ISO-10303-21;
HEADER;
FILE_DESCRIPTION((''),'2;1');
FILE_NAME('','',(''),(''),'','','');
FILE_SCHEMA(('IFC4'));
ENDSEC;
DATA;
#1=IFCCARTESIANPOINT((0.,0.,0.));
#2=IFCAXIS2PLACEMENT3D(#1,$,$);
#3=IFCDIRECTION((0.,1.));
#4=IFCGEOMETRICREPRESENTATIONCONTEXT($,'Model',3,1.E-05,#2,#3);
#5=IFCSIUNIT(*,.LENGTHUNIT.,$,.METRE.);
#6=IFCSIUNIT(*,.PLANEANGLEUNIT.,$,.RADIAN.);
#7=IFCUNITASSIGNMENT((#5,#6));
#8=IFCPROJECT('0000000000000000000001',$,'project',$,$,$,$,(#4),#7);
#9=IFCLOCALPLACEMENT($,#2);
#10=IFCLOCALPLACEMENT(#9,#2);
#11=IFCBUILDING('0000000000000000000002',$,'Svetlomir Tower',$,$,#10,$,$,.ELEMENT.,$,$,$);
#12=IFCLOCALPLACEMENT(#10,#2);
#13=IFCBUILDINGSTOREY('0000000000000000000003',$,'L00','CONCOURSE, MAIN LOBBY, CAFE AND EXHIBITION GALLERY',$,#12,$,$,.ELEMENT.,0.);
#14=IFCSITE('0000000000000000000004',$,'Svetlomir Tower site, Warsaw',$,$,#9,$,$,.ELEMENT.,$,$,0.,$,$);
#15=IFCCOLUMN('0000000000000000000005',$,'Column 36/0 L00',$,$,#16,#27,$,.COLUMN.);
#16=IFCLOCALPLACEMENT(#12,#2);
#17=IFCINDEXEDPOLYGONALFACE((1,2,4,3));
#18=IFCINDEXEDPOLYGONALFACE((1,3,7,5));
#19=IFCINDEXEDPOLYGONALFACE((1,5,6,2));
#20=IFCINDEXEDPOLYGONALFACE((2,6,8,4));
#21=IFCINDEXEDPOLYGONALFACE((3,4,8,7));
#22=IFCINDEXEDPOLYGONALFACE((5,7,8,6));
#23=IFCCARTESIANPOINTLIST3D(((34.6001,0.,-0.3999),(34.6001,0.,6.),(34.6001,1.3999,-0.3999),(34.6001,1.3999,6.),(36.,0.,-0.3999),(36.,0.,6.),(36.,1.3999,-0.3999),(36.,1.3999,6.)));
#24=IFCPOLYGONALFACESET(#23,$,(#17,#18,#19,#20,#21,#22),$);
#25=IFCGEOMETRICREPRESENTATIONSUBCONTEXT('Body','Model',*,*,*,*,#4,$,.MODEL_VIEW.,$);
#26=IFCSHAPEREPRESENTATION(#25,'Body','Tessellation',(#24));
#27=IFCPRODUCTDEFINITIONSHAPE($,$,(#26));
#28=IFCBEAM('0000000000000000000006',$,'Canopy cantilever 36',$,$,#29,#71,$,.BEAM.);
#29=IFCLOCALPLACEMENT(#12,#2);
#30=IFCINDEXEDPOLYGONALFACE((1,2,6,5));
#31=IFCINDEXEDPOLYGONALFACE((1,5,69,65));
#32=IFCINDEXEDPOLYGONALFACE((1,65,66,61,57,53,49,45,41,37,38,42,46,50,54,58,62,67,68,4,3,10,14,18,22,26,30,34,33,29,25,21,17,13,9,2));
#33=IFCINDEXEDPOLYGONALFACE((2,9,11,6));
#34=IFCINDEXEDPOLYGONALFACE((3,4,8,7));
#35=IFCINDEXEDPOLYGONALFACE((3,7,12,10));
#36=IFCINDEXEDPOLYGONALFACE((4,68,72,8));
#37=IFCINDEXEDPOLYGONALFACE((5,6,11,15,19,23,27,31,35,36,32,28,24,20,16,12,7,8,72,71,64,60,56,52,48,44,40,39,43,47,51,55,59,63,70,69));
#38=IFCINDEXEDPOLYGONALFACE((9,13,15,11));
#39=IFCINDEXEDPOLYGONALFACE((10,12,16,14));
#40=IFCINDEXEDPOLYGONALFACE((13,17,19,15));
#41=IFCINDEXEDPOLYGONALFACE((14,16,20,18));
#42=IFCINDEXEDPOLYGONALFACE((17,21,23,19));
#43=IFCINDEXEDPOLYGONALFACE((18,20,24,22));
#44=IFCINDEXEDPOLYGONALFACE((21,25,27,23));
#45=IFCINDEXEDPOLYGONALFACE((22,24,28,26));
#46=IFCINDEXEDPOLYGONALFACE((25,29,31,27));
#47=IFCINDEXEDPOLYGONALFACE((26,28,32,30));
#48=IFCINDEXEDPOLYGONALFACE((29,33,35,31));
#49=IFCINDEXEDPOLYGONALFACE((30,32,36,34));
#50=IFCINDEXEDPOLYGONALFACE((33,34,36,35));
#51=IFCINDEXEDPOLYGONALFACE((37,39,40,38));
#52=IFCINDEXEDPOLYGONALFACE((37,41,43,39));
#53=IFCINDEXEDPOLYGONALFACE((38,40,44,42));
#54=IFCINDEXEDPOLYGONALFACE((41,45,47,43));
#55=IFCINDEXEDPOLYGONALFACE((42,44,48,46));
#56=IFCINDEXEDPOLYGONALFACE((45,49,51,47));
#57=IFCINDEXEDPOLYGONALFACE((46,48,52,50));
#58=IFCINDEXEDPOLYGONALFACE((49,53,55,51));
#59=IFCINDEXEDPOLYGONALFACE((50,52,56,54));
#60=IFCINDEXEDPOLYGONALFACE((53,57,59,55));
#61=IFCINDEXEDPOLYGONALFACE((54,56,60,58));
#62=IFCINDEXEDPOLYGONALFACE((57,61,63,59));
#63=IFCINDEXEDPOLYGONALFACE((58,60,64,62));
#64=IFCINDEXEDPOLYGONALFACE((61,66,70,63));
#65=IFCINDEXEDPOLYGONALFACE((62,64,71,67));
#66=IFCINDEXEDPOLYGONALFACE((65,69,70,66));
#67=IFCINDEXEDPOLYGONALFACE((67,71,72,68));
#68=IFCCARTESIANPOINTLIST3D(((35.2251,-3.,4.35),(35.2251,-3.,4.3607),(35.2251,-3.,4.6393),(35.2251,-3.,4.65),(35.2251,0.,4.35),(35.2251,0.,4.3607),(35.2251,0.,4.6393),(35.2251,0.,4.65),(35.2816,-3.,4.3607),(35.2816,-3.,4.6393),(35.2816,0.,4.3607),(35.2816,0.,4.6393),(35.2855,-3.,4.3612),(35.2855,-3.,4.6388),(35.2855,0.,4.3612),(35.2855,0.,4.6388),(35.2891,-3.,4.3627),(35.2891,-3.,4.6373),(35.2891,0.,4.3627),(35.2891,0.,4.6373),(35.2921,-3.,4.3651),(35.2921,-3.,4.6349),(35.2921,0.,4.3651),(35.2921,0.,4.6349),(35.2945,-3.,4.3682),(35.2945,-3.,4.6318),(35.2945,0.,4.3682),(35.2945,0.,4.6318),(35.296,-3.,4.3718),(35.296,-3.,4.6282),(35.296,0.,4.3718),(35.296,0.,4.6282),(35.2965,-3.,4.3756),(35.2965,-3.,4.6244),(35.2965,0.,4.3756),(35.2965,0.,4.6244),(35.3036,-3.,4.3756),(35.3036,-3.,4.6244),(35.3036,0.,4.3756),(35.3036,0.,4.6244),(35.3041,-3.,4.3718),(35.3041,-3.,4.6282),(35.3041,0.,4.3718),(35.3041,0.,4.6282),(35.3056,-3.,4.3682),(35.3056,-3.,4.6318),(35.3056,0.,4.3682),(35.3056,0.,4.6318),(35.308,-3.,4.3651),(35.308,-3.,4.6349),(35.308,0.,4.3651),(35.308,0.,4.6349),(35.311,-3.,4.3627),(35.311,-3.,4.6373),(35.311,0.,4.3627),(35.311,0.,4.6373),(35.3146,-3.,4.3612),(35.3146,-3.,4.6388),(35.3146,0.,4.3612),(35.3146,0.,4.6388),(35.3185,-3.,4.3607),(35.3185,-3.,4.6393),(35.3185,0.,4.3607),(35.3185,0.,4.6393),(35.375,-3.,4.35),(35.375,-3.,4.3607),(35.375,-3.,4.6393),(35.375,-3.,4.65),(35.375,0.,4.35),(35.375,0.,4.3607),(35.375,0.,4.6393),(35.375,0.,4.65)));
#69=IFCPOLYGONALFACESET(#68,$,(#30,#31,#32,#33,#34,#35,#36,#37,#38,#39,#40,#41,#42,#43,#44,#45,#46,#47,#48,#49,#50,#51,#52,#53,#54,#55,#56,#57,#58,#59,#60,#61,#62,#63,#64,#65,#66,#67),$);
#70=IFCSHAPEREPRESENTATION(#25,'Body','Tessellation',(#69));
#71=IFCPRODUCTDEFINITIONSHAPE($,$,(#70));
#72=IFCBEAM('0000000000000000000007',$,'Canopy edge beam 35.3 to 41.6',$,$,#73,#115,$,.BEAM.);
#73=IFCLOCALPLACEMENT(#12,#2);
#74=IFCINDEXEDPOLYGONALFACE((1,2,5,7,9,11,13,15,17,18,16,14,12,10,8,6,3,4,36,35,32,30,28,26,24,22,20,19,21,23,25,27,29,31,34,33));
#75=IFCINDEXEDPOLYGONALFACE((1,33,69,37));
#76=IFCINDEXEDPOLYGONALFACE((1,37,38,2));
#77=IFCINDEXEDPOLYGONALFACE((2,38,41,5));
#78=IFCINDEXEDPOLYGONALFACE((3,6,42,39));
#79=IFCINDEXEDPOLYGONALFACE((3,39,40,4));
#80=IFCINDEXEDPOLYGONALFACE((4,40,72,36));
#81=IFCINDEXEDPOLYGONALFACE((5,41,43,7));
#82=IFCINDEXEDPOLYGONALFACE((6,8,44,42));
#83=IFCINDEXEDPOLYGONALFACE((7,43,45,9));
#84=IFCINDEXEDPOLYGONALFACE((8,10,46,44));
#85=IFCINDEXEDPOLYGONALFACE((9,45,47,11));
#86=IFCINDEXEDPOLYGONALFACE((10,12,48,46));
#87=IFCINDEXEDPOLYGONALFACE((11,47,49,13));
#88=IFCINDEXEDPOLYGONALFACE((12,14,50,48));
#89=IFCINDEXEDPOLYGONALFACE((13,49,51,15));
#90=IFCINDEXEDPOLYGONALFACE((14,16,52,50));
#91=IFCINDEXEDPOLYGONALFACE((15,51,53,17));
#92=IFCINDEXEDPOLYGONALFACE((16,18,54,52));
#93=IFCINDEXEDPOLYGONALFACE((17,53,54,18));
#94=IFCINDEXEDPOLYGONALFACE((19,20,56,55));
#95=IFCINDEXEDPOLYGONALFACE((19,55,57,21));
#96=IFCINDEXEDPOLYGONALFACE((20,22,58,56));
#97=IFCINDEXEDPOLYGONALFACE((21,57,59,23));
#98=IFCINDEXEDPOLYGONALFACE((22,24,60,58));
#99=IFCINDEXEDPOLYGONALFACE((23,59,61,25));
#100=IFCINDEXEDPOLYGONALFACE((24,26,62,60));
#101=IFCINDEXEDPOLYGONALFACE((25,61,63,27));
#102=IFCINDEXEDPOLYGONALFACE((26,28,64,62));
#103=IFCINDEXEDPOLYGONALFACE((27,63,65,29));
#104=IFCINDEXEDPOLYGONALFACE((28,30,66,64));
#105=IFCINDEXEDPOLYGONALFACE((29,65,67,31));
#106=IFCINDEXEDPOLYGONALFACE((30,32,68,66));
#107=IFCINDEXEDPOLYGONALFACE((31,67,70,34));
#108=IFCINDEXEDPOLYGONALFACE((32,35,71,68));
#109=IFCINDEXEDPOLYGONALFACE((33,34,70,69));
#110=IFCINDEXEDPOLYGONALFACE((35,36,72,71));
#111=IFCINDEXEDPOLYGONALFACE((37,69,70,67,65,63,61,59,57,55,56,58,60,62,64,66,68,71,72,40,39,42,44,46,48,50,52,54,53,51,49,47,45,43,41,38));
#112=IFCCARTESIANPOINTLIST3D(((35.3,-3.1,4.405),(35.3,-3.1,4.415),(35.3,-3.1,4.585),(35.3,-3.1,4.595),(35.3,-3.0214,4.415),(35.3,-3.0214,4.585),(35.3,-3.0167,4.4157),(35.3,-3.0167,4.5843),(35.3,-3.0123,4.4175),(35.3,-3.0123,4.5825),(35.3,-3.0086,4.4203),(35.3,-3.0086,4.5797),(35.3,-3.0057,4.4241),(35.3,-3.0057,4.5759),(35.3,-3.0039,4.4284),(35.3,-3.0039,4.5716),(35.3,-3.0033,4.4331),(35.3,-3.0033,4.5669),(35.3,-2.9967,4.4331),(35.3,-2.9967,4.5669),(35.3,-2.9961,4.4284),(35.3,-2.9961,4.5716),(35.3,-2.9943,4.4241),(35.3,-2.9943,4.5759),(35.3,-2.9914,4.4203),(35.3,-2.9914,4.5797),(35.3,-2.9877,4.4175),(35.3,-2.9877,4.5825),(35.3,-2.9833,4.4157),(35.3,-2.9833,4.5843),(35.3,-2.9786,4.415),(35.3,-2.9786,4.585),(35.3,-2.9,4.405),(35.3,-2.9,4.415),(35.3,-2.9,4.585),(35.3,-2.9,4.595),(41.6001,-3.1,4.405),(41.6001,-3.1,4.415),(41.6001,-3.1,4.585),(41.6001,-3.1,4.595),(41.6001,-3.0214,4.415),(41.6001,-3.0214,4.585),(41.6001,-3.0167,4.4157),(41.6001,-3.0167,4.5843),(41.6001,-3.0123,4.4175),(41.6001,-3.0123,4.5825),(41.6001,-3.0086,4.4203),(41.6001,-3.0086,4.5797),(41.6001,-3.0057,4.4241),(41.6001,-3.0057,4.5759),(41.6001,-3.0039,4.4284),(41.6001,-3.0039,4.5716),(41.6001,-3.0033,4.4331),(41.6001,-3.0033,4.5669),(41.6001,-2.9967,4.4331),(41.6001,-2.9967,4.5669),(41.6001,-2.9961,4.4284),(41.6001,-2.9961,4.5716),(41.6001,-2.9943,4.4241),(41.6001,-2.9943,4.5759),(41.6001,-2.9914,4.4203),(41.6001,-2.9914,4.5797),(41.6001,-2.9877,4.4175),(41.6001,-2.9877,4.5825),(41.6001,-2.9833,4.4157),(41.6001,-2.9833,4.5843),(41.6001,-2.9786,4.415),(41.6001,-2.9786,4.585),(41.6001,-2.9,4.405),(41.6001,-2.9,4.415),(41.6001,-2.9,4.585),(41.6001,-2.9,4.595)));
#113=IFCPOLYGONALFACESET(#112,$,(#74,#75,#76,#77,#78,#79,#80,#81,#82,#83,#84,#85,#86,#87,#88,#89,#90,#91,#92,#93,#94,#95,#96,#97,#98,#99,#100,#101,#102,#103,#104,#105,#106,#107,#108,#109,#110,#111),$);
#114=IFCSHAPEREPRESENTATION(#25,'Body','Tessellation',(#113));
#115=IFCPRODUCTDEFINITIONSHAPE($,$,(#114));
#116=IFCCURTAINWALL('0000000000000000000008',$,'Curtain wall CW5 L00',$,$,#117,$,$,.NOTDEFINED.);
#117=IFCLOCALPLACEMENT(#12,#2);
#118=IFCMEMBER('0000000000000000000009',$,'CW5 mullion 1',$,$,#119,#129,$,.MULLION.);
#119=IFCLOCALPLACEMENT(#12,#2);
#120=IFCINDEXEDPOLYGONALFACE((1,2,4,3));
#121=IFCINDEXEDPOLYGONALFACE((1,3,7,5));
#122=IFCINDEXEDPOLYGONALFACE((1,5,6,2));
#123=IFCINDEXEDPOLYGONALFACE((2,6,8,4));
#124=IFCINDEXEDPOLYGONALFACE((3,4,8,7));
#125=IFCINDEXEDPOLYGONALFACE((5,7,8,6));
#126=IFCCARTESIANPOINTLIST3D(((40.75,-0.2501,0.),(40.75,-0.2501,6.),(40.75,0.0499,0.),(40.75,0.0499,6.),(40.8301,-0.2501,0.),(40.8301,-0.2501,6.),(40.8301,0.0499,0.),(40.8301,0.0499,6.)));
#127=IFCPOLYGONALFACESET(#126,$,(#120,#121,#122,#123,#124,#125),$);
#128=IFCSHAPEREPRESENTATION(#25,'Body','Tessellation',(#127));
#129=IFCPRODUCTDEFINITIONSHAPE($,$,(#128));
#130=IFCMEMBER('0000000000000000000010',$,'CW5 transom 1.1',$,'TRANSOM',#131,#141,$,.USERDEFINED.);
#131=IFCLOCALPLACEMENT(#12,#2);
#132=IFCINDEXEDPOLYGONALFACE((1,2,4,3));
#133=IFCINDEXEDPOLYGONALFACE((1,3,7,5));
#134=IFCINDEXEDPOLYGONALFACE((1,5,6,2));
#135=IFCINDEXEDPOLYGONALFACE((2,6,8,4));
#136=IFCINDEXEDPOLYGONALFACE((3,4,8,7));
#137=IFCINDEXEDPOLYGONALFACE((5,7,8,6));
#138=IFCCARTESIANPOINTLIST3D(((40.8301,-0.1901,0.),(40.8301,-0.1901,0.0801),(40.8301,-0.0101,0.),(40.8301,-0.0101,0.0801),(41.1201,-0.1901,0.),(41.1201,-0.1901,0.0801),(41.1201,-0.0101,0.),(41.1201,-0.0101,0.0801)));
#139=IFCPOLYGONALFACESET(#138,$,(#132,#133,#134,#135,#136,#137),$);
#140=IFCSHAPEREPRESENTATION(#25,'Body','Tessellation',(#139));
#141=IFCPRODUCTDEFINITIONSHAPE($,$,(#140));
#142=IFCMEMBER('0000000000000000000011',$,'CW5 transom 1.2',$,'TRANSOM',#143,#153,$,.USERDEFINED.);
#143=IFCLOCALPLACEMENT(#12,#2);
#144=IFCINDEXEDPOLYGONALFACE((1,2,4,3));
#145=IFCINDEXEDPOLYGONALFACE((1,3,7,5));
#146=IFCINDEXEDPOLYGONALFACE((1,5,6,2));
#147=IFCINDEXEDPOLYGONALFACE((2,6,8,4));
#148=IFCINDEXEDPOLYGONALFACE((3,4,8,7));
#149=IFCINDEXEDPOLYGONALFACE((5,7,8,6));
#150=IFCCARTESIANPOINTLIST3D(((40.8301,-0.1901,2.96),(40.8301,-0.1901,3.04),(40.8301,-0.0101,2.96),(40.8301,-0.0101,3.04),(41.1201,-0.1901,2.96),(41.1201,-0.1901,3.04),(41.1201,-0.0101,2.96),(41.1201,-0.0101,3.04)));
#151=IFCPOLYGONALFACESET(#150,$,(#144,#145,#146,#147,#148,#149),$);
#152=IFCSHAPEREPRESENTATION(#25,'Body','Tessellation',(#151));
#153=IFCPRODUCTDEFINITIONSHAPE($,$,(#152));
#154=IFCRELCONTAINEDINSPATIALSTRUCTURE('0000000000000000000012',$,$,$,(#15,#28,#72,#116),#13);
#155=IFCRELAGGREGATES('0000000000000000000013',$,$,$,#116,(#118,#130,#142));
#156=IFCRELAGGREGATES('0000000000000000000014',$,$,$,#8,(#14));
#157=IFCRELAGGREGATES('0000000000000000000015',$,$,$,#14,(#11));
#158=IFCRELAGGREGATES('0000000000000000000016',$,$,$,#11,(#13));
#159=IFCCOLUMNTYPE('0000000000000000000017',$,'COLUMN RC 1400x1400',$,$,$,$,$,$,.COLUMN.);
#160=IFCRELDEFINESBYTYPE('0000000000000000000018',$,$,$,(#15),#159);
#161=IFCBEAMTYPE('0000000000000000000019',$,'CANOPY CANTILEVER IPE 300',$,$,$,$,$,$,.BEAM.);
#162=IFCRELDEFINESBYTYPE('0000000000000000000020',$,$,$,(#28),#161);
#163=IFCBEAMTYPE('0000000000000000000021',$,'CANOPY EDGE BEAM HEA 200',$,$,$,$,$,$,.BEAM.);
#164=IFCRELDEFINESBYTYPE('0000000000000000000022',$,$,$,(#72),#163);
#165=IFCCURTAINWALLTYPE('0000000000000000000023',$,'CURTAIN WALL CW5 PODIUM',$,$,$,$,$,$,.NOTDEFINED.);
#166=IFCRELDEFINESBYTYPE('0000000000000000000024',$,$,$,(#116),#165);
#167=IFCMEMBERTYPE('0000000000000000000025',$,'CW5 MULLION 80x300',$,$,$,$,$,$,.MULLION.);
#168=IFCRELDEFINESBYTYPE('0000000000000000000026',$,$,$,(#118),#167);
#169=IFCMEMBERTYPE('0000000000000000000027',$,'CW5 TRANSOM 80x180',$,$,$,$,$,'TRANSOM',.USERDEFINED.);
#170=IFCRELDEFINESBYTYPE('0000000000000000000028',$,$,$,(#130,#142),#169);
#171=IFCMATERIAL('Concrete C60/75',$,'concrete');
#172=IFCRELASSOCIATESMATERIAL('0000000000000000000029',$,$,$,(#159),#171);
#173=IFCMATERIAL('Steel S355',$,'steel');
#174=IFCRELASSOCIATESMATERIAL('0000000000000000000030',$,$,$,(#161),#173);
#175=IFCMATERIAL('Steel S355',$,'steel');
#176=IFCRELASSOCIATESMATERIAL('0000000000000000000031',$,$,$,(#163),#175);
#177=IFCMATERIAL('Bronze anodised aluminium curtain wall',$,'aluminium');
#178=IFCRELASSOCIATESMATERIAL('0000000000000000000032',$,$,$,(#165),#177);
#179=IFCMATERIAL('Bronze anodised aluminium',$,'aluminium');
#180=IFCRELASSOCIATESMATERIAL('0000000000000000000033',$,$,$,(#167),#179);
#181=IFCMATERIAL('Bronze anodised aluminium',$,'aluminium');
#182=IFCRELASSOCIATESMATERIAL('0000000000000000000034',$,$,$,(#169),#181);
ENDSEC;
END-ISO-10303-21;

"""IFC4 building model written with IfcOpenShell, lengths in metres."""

from ifc_helpers import new_model, si_unit, direction, frame, origin, origin_2d, place, context, subcontext, project, spatial, rectangle, i_section, extrude, material, material_profile, profile_set, type_object, element, aggregate, save


model = new_model("IFC4")

# Units and contexts
model_context = context("Model", 3, precision=1e-05, world=origin(), true_north=direction((0.0, 1.0)))
body_context = subcontext(model_context, "Body", "Model", "MODEL_VIEW")
ifc_project = project(units=[si_unit("LENGTHUNIT", "METRE"), si_unit("PLANEANGLEUNIT", "RADIAN")], contexts=[model_context])

# Site, building, storey
site_placement = place(None, origin())
site = spatial("IfcSite", under=ifc_project, at=site_placement, Name="Svetlomir Tower site, Warsaw", CompositionType="ELEMENT", RefElevation=0.0)
building_placement = place(site_placement, origin())
building = spatial("IfcBuilding", under=site, at=building_placement, Name="Svetlomir Tower", CompositionType="ELEMENT")
storey_placement = place(building_placement, origin())
storey = spatial("IfcBuildingStorey", under=building, at=storey_placement, Name="L00", Description="CONCOURSE, MAIN LOBBY, CAFE AND EXHIBITION GALLERY", CompositionType="ELEMENT", Elevation=0.0)

# Column
ifc_material_1 = material(Name="Concrete C60/75", Category="concrete")
ifc_material_profile_1 = material_profile(ifc_material_1, rectangle(XDim=1.3999, YDim=1.3999, at=origin_2d()), Name="RC 1400x1400")
ifc_profile_set_1 = profile_set([ifc_material_profile_1], Name="Concrete C60/75")
column_type = type_object("IfcColumnType", Name="COLUMN RC 1400x1400", PredefinedType="COLUMN", material=ifc_profile_set_1)
column_placement = place(storey_placement, frame((35.3, 0.7, -0.3999), z_axis=(0.0, 0.0, 1.0), x_axis=(1.0, 0.0, 0.0)))
element("IfcColumn", 1, at=column_placement, inside=storey, type_object=column_type, Name="Column 36/0 L00", PredefinedType="COLUMN", context=body_context, shape_type="SweptSolid", body=[
    extrude(rectangle(XDim=1.3999, YDim=1.3999, at=origin_2d()), origin(), (0.0, 0.0, 1.0), 6.3999),
])

# Beams
ifc_material_2 = material(Name="Steel S355", Category="steel")
ifc_material_profile_2 = material_profile(ifc_material_2, i_section(OverallWidth=0.1499, OverallDepth=0.3, WebThickness=0.0071, FlangeThickness=0.0107, FilletRadius=0.0149, at=origin_2d()), Name="IPE 300")
ifc_profile_set_2 = profile_set([ifc_material_profile_2], Name="Steel S355")
beam_type_1 = type_object("IfcBeamType", Name="CANOPY CANTILEVER IPE 300", PredefinedType="BEAM", material=ifc_profile_set_2)
beam_1_placement = place(storey_placement, frame((35.3, 0.0, 4.5), z_axis=(0.0, -1.0, 0.0), x_axis=(1.0, 0.0, 0.0)))
element("IfcBeam", 2, at=beam_1_placement, inside=storey, type_object=beam_type_1, Name="Canopy cantilever 36", PredefinedType="BEAM", context=body_context, shape_type="SweptSolid", body=[
    extrude(i_section(OverallWidth=0.1499, OverallDepth=0.3, WebThickness=0.0071, FlangeThickness=0.0107, FilletRadius=0.0149, at=origin_2d()), origin(), (0.0, 0.0, 1.0), 3.0),
])
ifc_material_3 = material(Name="Steel S355", Category="steel")
ifc_material_profile_3 = material_profile(ifc_material_3, i_section(OverallWidth=0.2, OverallDepth=0.1899, WebThickness=0.0066, FlangeThickness=0.01, FilletRadius=0.0181, at=origin_2d()), Name="HEA 200")
ifc_profile_set_3 = profile_set([ifc_material_profile_3], Name="Steel S355")
beam_type_2 = type_object("IfcBeamType", Name="CANOPY EDGE BEAM HEA 200", PredefinedType="BEAM", material=ifc_profile_set_3)
beam_2_placement = place(storey_placement, frame((35.3, -3.0, 4.5), z_axis=(1.0, 0.0, 0.0), x_axis=(0.0, 1.0, 0.0)))
element("IfcBeam", 3, at=beam_2_placement, inside=storey, type_object=beam_type_2, Name="Canopy edge beam 35.3 to 41.6", PredefinedType="BEAM", context=body_context, shape_type="SweptSolid", body=[
    extrude(i_section(OverallWidth=0.2, OverallDepth=0.1899, WebThickness=0.0066, FlangeThickness=0.01, FilletRadius=0.0181, at=origin_2d()), origin(), (0.0, 0.0, 1.0), 6.3),
])

# Curtain wall, members
ifc_material_4 = material(Name="Bronze anodised aluminium curtain wall", Category="aluminium")
curtain_wall_type = type_object("IfcCurtainWallType", Name="CURTAIN WALL CW5 PODIUM", PredefinedType="NOTDEFINED", material=ifc_material_4)
curtain_wall_placement = place(storey_placement, origin())
curtain_wall = element("IfcCurtainWall", 4, at=curtain_wall_placement, inside=storey, type_object=curtain_wall_type, Name="Curtain wall CW5 L00", PredefinedType="NOTDEFINED")
ifc_material_5 = material(Name="Bronze anodised aluminium", Category="aluminium")
ifc_material_profile_4 = material_profile(ifc_material_5, rectangle(XDim=0.0801, YDim=0.3, at=origin_2d()), Name="AL 80x300")
ifc_profile_set_4 = profile_set([ifc_material_profile_4], Name="Bronze anodised aluminium 6063-T6")
member_type_1 = type_object("IfcMemberType", Name="CW5 MULLION 80x300", PredefinedType="MULLION", material=ifc_profile_set_4)
member_1_placement = place(storey_placement, frame((40.79, -0.1001, 0.0), z_axis=(0.0, 0.0, 1.0), x_axis=(1.0, 0.0, 0.0)))
member_1 = element("IfcMember", 5, at=member_1_placement, type_object=member_type_1, Name="CW5 mullion 1", PredefinedType="MULLION", context=body_context, shape_type="SweptSolid", body=[
    extrude(rectangle(XDim=0.0801, YDim=0.3, at=origin_2d()), origin(), (0.0, 0.0, 1.0), 6.0),
])
ifc_material_6 = material(Name="Bronze anodised aluminium", Category="aluminium")
ifc_material_profile_5 = material_profile(ifc_material_6, rectangle(XDim=0.1799, YDim=0.0801, at=origin_2d()), Name="AL 180x80")
ifc_profile_set_5 = profile_set([ifc_material_profile_5], Name="Bronze anodised aluminium 6063-T6")
member_type_2 = type_object("IfcMemberType", Name="CW5 TRANSOM 80x180", ElementType="TRANSOM", PredefinedType="USERDEFINED", material=ifc_profile_set_5)
member_2_placement = place(storey_placement, frame((40.8301, -0.1001, 0.04), z_axis=(1.0, 0.0, 0.0), x_axis=(0.0, 1.0, 0.0)))
member_2 = element("IfcMember", 6, at=member_2_placement, type_object=member_type_2, Name="CW5 transom 1.1", ObjectType="TRANSOM", PredefinedType="USERDEFINED", context=body_context, shape_type="SweptSolid", body=[
    extrude(rectangle(XDim=0.1799, YDim=0.0801, at=origin_2d()), origin(), (0.0, 0.0, 1.0), 0.29),
])
member_3_placement = place(storey_placement, frame((40.8301, -0.1001, 3.0), z_axis=(1.0, 0.0, 0.0), x_axis=(0.0, 1.0, 0.0)))
member_3 = element("IfcMember", 7, at=member_3_placement, type_object=member_type_2, Name="CW5 transom 1.2", ObjectType="TRANSOM", PredefinedType="USERDEFINED", context=body_context, shape_type="SweptSolid", body=[
    extrude(rectangle(XDim=0.1799, YDim=0.0801, at=origin_2d()), origin(), (0.0, 0.0, 1.0), 0.29),
])

aggregate(curtain_wall, [member_1, member_2, member_3])

save(model, "model.ifc")
